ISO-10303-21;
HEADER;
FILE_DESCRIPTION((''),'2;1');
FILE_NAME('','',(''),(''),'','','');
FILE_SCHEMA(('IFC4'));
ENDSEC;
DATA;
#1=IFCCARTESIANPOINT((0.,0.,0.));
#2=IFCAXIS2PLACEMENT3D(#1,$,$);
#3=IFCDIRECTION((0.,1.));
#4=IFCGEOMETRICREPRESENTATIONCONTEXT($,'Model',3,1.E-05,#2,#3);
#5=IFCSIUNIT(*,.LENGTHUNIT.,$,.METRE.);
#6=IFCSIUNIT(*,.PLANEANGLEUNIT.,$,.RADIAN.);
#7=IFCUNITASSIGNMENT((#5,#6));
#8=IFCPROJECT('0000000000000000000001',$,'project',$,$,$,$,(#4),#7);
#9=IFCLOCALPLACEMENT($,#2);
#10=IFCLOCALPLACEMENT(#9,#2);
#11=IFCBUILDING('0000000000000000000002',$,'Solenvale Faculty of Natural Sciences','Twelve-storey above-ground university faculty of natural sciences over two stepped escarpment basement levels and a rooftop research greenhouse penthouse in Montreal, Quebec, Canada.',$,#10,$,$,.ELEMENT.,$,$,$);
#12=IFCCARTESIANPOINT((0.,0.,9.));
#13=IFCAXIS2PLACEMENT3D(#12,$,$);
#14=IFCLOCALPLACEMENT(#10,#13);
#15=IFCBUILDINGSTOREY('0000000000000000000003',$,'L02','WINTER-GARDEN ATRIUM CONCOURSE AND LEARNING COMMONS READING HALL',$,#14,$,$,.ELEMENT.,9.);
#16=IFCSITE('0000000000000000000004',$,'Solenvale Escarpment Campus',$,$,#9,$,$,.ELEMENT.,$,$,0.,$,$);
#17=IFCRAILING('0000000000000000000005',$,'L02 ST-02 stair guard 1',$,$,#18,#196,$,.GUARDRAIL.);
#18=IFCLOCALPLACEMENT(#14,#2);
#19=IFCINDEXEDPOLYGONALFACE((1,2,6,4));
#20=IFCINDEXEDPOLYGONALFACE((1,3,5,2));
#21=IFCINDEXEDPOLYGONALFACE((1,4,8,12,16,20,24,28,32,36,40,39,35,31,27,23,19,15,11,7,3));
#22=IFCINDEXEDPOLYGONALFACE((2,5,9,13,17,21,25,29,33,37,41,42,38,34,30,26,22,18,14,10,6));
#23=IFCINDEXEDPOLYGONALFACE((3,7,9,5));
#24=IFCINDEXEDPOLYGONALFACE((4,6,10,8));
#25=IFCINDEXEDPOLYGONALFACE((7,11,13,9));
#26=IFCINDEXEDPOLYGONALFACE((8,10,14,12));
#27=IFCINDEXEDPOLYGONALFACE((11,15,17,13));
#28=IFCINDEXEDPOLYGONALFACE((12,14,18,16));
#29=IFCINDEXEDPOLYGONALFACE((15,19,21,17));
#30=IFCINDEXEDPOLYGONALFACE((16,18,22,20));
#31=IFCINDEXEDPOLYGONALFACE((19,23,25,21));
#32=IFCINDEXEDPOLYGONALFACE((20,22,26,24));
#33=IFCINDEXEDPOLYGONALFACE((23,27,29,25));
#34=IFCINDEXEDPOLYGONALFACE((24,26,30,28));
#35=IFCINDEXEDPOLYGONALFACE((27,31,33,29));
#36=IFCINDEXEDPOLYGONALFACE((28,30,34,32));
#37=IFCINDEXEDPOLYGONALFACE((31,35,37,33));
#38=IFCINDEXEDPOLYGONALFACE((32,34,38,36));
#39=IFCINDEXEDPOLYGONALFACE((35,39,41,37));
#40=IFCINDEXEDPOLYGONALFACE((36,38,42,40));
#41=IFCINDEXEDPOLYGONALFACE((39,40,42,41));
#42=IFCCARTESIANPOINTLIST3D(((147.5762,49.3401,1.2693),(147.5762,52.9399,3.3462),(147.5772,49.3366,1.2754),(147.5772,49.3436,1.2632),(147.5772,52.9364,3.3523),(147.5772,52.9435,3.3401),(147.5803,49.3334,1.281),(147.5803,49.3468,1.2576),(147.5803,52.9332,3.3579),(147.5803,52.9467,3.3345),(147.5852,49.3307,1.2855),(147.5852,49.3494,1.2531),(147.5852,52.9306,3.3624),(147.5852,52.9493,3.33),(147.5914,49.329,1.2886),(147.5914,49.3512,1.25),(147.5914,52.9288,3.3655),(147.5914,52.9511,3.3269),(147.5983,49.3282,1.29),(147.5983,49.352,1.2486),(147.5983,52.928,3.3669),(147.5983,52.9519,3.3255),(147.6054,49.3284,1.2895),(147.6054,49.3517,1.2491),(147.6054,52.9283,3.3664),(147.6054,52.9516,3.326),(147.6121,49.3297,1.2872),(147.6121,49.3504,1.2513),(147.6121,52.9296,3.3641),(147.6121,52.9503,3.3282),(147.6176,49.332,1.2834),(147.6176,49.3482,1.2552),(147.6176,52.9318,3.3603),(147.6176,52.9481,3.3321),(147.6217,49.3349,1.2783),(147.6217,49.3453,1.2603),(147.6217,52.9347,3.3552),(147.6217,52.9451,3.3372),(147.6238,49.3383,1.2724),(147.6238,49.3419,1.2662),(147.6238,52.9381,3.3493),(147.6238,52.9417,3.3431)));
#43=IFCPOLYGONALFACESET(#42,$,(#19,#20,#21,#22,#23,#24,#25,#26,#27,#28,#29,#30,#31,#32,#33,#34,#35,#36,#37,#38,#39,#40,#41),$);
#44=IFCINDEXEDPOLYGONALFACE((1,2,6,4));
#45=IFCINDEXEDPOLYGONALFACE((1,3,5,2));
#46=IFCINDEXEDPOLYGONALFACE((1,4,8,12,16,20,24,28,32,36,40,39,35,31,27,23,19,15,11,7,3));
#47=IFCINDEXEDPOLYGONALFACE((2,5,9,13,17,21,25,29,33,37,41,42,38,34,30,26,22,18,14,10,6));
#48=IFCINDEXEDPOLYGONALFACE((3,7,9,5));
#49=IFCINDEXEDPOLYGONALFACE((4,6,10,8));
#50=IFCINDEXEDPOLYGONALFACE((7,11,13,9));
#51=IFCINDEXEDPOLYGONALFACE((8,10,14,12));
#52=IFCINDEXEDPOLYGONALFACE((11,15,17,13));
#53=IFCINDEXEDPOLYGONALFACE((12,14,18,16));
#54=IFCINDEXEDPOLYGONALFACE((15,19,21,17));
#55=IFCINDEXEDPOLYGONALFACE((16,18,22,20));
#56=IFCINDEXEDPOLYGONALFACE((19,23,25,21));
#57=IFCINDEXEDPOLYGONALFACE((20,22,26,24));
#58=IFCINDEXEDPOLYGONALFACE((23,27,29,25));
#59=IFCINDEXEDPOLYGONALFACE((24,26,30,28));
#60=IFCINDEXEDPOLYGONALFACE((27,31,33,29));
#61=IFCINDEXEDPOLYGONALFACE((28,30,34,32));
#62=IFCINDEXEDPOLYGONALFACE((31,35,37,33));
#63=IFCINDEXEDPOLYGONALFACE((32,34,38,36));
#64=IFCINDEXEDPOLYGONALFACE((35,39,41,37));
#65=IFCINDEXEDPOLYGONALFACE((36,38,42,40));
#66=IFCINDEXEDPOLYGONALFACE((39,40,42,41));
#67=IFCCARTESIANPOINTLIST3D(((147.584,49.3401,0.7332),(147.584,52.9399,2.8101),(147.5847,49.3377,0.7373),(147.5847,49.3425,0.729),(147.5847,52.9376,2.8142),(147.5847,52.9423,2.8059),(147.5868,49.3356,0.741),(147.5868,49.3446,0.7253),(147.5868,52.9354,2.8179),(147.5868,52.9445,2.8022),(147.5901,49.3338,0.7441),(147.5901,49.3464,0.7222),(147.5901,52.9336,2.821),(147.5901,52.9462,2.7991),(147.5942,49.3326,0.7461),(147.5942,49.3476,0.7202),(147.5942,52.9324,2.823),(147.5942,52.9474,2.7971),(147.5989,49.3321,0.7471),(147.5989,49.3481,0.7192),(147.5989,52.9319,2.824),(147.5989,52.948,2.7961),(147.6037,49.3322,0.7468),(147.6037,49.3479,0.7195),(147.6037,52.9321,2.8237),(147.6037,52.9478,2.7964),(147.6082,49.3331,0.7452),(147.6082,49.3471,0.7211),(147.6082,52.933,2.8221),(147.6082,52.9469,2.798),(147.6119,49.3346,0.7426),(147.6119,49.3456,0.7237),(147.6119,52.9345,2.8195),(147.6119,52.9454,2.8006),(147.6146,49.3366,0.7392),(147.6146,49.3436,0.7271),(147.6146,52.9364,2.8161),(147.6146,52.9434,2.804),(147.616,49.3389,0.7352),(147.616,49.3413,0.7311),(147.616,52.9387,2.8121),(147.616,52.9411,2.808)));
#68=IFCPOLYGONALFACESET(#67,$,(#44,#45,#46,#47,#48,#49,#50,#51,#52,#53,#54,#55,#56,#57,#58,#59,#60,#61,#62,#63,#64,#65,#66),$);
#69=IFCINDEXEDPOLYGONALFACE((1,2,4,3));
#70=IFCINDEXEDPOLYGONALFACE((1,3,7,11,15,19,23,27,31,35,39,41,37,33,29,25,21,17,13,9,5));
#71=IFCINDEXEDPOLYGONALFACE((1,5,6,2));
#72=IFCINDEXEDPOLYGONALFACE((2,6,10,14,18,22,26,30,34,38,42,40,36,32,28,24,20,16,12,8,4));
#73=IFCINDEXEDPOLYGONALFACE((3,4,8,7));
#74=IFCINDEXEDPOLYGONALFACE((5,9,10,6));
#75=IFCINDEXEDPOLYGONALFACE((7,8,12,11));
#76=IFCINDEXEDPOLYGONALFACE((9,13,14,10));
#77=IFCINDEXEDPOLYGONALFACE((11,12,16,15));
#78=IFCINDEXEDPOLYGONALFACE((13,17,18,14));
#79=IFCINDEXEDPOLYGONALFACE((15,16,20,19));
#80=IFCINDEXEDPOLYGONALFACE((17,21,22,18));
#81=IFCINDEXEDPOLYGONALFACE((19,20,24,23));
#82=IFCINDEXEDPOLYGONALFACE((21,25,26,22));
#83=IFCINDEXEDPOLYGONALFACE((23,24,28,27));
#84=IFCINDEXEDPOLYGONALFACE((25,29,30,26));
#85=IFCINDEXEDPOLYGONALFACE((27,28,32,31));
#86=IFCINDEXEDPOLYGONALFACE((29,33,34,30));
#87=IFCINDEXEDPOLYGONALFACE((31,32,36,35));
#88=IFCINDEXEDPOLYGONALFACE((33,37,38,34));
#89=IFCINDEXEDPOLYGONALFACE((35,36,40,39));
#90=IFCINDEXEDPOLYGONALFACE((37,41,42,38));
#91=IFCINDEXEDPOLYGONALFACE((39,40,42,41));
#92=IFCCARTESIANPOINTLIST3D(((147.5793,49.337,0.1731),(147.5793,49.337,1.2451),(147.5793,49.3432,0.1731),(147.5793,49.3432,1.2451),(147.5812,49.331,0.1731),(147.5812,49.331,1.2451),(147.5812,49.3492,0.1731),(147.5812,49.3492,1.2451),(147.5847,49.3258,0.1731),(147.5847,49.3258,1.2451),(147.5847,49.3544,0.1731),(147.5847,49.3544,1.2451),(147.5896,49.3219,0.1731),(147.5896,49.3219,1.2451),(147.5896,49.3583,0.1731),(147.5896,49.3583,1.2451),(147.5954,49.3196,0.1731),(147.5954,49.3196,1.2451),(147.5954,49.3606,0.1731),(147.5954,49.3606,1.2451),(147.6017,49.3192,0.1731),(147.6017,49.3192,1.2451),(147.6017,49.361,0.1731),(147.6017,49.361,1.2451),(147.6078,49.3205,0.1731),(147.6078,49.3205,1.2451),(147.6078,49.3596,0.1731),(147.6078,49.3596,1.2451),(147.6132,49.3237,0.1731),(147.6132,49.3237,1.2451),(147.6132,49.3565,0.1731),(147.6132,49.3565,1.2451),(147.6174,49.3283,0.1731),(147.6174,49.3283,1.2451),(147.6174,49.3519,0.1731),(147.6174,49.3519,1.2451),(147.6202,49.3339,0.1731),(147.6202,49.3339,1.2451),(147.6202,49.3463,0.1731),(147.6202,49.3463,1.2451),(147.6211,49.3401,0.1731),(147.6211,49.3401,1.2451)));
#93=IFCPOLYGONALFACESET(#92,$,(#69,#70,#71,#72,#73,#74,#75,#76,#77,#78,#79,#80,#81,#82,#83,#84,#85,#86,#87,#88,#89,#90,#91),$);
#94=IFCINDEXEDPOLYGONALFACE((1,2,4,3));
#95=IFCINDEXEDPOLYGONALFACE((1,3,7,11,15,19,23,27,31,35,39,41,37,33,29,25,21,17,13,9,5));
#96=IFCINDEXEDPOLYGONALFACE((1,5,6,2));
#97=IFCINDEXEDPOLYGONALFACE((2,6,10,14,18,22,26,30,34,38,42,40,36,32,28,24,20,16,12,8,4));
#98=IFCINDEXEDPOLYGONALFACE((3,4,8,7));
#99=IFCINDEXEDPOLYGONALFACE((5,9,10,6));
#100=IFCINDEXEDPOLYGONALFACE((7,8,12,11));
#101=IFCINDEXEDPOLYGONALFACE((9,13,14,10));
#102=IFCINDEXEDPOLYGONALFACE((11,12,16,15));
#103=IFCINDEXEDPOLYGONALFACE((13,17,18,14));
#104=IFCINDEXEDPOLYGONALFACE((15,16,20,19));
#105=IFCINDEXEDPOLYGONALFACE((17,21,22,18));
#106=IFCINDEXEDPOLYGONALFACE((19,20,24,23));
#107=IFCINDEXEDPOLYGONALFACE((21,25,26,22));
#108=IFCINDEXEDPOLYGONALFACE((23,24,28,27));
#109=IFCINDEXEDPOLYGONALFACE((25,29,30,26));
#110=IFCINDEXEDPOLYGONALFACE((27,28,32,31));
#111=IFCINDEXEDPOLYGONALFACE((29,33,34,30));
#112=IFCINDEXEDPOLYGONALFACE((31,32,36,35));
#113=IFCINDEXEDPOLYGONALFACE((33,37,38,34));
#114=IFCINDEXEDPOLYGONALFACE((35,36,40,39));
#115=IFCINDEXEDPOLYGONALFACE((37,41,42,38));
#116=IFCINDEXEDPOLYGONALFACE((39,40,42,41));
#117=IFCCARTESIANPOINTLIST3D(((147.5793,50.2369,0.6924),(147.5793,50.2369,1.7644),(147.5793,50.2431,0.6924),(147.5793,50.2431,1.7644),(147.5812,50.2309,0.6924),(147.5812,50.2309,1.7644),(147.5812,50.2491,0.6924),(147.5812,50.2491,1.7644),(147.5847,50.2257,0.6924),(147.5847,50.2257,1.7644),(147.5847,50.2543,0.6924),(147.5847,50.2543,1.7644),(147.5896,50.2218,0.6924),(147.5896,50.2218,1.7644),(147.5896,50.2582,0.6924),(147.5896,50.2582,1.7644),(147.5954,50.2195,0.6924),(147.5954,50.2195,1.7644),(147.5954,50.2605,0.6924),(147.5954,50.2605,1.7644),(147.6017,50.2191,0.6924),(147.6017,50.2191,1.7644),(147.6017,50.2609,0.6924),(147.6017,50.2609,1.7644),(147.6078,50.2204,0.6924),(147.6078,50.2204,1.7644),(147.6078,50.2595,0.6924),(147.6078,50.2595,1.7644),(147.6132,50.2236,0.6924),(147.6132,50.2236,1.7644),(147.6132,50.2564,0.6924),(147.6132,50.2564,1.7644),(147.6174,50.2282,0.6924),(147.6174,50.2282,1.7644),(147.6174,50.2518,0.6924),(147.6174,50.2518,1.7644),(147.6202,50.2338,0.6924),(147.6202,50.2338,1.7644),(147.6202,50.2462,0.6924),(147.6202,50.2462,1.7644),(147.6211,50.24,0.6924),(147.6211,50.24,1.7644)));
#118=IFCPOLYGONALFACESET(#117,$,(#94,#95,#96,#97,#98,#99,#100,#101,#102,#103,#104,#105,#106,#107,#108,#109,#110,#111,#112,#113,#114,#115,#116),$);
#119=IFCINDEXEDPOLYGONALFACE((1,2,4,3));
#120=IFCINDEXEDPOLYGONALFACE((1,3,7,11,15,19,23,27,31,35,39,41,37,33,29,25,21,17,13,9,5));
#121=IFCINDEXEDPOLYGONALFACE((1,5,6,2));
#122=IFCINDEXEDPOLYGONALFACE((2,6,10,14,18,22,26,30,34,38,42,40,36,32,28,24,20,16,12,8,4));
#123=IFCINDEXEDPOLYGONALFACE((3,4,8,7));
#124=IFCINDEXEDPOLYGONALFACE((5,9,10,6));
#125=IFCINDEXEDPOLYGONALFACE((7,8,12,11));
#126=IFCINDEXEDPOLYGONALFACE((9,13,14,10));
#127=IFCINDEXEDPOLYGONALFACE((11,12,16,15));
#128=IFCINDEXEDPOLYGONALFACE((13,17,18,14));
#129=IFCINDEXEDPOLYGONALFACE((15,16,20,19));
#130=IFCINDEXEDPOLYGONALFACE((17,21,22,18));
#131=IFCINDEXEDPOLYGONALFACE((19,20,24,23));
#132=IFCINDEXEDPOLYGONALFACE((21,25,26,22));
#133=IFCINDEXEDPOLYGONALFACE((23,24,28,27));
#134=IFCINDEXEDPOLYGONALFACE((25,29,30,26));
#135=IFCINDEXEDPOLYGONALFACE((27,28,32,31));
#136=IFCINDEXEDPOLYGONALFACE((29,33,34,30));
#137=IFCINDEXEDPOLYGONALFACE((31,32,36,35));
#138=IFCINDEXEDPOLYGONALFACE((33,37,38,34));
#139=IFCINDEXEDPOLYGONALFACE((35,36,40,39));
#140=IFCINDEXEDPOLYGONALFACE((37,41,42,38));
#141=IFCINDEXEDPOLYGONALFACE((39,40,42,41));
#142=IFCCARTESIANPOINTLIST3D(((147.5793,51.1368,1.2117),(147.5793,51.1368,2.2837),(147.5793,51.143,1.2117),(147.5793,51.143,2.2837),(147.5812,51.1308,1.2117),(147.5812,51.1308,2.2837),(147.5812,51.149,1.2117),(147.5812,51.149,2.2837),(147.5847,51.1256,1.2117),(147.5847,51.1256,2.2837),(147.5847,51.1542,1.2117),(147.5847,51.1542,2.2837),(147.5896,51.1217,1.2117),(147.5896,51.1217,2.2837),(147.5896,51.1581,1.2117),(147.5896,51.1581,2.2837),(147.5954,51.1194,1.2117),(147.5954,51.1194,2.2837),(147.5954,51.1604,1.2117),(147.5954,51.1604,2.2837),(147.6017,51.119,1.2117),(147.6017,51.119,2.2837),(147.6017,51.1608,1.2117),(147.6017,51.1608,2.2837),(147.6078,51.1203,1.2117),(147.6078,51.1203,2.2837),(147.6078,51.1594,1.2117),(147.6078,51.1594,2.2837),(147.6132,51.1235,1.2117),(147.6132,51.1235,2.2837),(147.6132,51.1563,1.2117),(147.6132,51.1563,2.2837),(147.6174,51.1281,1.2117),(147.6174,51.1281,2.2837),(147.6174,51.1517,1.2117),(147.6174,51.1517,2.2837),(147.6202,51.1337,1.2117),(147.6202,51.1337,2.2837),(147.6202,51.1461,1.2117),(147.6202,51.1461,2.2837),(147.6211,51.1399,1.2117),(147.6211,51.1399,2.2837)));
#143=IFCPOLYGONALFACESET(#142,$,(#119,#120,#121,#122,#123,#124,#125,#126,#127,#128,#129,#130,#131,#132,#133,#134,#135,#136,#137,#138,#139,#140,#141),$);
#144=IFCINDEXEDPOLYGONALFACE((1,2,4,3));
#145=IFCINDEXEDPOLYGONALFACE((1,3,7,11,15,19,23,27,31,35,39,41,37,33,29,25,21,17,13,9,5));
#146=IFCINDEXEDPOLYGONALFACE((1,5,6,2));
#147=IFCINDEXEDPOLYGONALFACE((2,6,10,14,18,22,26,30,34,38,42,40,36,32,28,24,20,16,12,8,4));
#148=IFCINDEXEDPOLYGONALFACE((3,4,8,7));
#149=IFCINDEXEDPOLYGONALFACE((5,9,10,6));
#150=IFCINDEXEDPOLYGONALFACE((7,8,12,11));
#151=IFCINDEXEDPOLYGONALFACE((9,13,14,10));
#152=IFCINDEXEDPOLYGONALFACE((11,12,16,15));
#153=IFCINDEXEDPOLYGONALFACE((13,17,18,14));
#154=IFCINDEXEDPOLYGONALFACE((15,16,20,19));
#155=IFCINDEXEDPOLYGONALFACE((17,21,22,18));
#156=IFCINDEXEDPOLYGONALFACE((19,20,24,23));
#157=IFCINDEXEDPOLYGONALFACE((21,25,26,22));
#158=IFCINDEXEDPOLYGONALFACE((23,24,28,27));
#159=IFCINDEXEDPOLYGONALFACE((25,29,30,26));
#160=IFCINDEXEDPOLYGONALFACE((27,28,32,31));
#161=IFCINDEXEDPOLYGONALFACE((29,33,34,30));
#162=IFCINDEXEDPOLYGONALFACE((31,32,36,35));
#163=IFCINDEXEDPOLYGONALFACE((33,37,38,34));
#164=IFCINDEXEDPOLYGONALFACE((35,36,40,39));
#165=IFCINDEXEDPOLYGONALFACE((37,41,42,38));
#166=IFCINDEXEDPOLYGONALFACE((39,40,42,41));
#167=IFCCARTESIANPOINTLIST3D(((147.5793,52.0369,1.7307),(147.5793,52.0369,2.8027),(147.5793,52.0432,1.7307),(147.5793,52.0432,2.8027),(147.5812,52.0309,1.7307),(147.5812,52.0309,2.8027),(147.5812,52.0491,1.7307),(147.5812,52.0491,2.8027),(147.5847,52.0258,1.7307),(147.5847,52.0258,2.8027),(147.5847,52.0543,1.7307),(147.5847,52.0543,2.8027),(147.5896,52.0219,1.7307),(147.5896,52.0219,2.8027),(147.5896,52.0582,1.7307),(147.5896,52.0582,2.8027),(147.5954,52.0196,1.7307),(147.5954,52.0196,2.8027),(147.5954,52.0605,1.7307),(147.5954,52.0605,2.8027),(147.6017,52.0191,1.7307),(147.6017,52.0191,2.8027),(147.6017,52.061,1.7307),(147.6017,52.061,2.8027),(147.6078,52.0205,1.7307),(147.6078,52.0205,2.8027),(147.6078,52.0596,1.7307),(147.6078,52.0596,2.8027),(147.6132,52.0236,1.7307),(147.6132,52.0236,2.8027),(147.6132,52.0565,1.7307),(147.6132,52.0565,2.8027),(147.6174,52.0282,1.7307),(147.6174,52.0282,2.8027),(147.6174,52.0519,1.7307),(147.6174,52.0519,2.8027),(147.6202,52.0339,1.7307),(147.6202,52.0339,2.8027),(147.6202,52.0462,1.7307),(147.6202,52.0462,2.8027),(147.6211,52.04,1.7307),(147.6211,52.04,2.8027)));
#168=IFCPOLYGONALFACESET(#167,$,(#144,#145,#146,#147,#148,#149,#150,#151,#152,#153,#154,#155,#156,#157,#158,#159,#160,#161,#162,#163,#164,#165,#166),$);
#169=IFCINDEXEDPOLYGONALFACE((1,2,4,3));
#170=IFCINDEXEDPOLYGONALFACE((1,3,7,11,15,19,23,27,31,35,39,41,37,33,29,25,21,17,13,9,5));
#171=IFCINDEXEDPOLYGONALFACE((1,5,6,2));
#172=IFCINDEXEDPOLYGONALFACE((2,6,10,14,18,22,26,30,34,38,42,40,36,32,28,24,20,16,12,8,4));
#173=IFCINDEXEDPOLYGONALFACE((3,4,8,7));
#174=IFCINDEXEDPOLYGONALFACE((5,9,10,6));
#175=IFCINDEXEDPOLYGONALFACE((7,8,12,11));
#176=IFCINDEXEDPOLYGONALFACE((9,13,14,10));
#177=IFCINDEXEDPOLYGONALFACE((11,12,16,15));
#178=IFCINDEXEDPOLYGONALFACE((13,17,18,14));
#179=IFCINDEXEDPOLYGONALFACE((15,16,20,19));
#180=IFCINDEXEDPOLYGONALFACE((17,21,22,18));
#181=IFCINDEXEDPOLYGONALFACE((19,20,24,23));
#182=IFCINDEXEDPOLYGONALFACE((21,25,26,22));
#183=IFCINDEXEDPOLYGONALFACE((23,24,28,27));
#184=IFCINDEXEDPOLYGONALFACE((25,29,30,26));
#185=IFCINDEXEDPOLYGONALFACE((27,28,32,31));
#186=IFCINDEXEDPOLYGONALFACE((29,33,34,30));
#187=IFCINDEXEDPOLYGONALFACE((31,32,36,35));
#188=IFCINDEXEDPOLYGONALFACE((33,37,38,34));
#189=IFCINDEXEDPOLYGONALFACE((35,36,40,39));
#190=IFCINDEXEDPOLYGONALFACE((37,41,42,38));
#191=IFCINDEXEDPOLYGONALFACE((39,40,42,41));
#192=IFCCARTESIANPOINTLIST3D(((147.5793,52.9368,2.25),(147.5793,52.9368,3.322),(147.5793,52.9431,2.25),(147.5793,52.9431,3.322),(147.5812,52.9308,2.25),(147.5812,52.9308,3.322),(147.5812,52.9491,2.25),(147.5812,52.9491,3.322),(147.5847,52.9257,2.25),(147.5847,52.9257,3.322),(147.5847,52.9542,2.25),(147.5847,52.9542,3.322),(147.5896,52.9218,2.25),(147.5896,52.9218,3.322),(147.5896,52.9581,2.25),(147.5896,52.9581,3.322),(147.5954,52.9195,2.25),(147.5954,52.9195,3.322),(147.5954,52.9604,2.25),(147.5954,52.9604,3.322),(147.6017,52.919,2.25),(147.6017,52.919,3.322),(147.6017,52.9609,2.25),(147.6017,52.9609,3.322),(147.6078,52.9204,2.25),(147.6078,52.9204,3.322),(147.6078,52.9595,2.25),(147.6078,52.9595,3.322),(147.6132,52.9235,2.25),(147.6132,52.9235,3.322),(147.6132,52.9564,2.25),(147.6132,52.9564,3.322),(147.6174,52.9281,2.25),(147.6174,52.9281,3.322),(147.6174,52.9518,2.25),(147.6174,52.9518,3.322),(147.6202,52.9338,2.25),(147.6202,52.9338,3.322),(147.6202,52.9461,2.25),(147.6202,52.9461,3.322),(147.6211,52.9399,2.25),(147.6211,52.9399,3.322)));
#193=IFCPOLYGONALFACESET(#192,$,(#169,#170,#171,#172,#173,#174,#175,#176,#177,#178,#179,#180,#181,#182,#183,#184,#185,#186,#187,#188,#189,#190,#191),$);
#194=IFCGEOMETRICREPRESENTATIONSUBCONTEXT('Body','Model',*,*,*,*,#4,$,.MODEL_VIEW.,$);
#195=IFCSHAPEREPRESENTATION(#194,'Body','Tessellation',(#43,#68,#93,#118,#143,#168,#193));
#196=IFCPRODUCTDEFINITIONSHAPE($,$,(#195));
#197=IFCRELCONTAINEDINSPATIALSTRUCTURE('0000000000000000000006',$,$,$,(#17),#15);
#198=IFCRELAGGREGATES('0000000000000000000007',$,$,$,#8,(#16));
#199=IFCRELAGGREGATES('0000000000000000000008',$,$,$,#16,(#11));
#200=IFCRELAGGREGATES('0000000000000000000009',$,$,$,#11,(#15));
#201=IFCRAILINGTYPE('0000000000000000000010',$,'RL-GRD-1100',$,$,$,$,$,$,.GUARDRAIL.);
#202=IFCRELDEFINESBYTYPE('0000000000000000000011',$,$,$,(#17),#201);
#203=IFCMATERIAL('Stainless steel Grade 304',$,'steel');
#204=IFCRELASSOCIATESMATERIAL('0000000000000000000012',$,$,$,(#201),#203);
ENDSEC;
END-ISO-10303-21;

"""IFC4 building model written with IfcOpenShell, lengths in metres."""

from ifc_helpers import new_model, si_unit, direction, frame, origin, origin_2d, place, context, subcontext, project, spatial, circle, extrude, material, type_object, element, save


model = new_model("IFC4")

# Units and contexts
model_context = context("Model", 3, precision=1e-05, world=origin(), true_north=direction((0.0, 1.0)))
body_context = subcontext(model_context, "Body", "Model", "MODEL_VIEW")
ifc_project = project(units=[si_unit("LENGTHUNIT", "METRE"), si_unit("PLANEANGLEUNIT", "RADIAN")], contexts=[model_context])

# Site, building, storey
site_placement = place(None, origin())
site = spatial("IfcSite", under=ifc_project, at=site_placement, Name="Solenvale Escarpment Campus", CompositionType="ELEMENT", RefElevation=0.0)
building_placement = place(site_placement, origin())
building = spatial("IfcBuilding", under=site, at=building_placement, Name="Solenvale Faculty of Natural Sciences", Description="Twelve-storey above-ground university faculty of natural sciences over two stepped escarpment basement levels and a rooftop research greenhouse penthouse in Montreal, Quebec, Canada.", CompositionType="ELEMENT")
storey_placement = place(building_placement, frame((0.0, 0.0, 9.0)))
storey = spatial("IfcBuildingStorey", under=building, at=storey_placement, Name="L02", Description="WINTER-GARDEN ATRIUM CONCOURSE AND LEARNING COMMONS READING HALL", CompositionType="ELEMENT", Elevation=9.0)

# Shared definitions
ifc_material_1 = material(Name="Stainless steel Grade 304", Category="steel")

# Railing
railing_type_1 = type_object("IfcRailingType", Name="RL-GRD-1100", PredefinedType="GUARDRAIL", material=ifc_material_1)
railing_1_placement = place(storey_placement, frame((147.6001, 49.3401, 0.1731)))
element("IfcRailing", 1, at=railing_1_placement, inside=storey, type_object=railing_type_1, Name="L02 ST-02 stair guard 1", PredefinedType="GUARDRAIL", context=body_context, shape_type="SweptSolid", body=[
    extrude(circle(Radius=0.0239, at=origin_2d()), frame((0.0, 0.0, 1.0962), z_axis=(0.0, 0.866179, 0.499734), x_axis=(-1.0, 0.0, 0.0)), (0.0, 0.0, 1.0), 4.156),
    extrude(circle(Radius=0.0161, at=origin_2d()), frame((0.0, 0.0, 0.5601), z_axis=(0.0, 0.866179, 0.499734), x_axis=(-1.0, 0.0, 0.0)), (0.0, 0.0, 1.0), 4.156),
    extrude(circle(Radius=0.021, at=origin_2d()), origin(), (0.0, 0.0, 1.0), 1.072),
    extrude(circle(Radius=0.021, at=origin_2d()), frame((0.0, 0.8999, 0.5193)), (0.0, 0.0, 1.0), 1.072),
    extrude(circle(Radius=0.021, at=origin_2d()), frame((0.0, 1.7998, 1.0386)), (0.0, 0.0, 1.0), 1.072),
    extrude(circle(Radius=0.021, at=origin_2d()), frame((0.0, 2.7, 1.5576)), (0.0, 0.0, 1.0), 1.072),
    extrude(circle(Radius=0.021, at=origin_2d()), frame((0.0, 3.5999, 2.0769)), (0.0, 0.0, 1.0), 1.072),
])

save(model, "model.ifc")
